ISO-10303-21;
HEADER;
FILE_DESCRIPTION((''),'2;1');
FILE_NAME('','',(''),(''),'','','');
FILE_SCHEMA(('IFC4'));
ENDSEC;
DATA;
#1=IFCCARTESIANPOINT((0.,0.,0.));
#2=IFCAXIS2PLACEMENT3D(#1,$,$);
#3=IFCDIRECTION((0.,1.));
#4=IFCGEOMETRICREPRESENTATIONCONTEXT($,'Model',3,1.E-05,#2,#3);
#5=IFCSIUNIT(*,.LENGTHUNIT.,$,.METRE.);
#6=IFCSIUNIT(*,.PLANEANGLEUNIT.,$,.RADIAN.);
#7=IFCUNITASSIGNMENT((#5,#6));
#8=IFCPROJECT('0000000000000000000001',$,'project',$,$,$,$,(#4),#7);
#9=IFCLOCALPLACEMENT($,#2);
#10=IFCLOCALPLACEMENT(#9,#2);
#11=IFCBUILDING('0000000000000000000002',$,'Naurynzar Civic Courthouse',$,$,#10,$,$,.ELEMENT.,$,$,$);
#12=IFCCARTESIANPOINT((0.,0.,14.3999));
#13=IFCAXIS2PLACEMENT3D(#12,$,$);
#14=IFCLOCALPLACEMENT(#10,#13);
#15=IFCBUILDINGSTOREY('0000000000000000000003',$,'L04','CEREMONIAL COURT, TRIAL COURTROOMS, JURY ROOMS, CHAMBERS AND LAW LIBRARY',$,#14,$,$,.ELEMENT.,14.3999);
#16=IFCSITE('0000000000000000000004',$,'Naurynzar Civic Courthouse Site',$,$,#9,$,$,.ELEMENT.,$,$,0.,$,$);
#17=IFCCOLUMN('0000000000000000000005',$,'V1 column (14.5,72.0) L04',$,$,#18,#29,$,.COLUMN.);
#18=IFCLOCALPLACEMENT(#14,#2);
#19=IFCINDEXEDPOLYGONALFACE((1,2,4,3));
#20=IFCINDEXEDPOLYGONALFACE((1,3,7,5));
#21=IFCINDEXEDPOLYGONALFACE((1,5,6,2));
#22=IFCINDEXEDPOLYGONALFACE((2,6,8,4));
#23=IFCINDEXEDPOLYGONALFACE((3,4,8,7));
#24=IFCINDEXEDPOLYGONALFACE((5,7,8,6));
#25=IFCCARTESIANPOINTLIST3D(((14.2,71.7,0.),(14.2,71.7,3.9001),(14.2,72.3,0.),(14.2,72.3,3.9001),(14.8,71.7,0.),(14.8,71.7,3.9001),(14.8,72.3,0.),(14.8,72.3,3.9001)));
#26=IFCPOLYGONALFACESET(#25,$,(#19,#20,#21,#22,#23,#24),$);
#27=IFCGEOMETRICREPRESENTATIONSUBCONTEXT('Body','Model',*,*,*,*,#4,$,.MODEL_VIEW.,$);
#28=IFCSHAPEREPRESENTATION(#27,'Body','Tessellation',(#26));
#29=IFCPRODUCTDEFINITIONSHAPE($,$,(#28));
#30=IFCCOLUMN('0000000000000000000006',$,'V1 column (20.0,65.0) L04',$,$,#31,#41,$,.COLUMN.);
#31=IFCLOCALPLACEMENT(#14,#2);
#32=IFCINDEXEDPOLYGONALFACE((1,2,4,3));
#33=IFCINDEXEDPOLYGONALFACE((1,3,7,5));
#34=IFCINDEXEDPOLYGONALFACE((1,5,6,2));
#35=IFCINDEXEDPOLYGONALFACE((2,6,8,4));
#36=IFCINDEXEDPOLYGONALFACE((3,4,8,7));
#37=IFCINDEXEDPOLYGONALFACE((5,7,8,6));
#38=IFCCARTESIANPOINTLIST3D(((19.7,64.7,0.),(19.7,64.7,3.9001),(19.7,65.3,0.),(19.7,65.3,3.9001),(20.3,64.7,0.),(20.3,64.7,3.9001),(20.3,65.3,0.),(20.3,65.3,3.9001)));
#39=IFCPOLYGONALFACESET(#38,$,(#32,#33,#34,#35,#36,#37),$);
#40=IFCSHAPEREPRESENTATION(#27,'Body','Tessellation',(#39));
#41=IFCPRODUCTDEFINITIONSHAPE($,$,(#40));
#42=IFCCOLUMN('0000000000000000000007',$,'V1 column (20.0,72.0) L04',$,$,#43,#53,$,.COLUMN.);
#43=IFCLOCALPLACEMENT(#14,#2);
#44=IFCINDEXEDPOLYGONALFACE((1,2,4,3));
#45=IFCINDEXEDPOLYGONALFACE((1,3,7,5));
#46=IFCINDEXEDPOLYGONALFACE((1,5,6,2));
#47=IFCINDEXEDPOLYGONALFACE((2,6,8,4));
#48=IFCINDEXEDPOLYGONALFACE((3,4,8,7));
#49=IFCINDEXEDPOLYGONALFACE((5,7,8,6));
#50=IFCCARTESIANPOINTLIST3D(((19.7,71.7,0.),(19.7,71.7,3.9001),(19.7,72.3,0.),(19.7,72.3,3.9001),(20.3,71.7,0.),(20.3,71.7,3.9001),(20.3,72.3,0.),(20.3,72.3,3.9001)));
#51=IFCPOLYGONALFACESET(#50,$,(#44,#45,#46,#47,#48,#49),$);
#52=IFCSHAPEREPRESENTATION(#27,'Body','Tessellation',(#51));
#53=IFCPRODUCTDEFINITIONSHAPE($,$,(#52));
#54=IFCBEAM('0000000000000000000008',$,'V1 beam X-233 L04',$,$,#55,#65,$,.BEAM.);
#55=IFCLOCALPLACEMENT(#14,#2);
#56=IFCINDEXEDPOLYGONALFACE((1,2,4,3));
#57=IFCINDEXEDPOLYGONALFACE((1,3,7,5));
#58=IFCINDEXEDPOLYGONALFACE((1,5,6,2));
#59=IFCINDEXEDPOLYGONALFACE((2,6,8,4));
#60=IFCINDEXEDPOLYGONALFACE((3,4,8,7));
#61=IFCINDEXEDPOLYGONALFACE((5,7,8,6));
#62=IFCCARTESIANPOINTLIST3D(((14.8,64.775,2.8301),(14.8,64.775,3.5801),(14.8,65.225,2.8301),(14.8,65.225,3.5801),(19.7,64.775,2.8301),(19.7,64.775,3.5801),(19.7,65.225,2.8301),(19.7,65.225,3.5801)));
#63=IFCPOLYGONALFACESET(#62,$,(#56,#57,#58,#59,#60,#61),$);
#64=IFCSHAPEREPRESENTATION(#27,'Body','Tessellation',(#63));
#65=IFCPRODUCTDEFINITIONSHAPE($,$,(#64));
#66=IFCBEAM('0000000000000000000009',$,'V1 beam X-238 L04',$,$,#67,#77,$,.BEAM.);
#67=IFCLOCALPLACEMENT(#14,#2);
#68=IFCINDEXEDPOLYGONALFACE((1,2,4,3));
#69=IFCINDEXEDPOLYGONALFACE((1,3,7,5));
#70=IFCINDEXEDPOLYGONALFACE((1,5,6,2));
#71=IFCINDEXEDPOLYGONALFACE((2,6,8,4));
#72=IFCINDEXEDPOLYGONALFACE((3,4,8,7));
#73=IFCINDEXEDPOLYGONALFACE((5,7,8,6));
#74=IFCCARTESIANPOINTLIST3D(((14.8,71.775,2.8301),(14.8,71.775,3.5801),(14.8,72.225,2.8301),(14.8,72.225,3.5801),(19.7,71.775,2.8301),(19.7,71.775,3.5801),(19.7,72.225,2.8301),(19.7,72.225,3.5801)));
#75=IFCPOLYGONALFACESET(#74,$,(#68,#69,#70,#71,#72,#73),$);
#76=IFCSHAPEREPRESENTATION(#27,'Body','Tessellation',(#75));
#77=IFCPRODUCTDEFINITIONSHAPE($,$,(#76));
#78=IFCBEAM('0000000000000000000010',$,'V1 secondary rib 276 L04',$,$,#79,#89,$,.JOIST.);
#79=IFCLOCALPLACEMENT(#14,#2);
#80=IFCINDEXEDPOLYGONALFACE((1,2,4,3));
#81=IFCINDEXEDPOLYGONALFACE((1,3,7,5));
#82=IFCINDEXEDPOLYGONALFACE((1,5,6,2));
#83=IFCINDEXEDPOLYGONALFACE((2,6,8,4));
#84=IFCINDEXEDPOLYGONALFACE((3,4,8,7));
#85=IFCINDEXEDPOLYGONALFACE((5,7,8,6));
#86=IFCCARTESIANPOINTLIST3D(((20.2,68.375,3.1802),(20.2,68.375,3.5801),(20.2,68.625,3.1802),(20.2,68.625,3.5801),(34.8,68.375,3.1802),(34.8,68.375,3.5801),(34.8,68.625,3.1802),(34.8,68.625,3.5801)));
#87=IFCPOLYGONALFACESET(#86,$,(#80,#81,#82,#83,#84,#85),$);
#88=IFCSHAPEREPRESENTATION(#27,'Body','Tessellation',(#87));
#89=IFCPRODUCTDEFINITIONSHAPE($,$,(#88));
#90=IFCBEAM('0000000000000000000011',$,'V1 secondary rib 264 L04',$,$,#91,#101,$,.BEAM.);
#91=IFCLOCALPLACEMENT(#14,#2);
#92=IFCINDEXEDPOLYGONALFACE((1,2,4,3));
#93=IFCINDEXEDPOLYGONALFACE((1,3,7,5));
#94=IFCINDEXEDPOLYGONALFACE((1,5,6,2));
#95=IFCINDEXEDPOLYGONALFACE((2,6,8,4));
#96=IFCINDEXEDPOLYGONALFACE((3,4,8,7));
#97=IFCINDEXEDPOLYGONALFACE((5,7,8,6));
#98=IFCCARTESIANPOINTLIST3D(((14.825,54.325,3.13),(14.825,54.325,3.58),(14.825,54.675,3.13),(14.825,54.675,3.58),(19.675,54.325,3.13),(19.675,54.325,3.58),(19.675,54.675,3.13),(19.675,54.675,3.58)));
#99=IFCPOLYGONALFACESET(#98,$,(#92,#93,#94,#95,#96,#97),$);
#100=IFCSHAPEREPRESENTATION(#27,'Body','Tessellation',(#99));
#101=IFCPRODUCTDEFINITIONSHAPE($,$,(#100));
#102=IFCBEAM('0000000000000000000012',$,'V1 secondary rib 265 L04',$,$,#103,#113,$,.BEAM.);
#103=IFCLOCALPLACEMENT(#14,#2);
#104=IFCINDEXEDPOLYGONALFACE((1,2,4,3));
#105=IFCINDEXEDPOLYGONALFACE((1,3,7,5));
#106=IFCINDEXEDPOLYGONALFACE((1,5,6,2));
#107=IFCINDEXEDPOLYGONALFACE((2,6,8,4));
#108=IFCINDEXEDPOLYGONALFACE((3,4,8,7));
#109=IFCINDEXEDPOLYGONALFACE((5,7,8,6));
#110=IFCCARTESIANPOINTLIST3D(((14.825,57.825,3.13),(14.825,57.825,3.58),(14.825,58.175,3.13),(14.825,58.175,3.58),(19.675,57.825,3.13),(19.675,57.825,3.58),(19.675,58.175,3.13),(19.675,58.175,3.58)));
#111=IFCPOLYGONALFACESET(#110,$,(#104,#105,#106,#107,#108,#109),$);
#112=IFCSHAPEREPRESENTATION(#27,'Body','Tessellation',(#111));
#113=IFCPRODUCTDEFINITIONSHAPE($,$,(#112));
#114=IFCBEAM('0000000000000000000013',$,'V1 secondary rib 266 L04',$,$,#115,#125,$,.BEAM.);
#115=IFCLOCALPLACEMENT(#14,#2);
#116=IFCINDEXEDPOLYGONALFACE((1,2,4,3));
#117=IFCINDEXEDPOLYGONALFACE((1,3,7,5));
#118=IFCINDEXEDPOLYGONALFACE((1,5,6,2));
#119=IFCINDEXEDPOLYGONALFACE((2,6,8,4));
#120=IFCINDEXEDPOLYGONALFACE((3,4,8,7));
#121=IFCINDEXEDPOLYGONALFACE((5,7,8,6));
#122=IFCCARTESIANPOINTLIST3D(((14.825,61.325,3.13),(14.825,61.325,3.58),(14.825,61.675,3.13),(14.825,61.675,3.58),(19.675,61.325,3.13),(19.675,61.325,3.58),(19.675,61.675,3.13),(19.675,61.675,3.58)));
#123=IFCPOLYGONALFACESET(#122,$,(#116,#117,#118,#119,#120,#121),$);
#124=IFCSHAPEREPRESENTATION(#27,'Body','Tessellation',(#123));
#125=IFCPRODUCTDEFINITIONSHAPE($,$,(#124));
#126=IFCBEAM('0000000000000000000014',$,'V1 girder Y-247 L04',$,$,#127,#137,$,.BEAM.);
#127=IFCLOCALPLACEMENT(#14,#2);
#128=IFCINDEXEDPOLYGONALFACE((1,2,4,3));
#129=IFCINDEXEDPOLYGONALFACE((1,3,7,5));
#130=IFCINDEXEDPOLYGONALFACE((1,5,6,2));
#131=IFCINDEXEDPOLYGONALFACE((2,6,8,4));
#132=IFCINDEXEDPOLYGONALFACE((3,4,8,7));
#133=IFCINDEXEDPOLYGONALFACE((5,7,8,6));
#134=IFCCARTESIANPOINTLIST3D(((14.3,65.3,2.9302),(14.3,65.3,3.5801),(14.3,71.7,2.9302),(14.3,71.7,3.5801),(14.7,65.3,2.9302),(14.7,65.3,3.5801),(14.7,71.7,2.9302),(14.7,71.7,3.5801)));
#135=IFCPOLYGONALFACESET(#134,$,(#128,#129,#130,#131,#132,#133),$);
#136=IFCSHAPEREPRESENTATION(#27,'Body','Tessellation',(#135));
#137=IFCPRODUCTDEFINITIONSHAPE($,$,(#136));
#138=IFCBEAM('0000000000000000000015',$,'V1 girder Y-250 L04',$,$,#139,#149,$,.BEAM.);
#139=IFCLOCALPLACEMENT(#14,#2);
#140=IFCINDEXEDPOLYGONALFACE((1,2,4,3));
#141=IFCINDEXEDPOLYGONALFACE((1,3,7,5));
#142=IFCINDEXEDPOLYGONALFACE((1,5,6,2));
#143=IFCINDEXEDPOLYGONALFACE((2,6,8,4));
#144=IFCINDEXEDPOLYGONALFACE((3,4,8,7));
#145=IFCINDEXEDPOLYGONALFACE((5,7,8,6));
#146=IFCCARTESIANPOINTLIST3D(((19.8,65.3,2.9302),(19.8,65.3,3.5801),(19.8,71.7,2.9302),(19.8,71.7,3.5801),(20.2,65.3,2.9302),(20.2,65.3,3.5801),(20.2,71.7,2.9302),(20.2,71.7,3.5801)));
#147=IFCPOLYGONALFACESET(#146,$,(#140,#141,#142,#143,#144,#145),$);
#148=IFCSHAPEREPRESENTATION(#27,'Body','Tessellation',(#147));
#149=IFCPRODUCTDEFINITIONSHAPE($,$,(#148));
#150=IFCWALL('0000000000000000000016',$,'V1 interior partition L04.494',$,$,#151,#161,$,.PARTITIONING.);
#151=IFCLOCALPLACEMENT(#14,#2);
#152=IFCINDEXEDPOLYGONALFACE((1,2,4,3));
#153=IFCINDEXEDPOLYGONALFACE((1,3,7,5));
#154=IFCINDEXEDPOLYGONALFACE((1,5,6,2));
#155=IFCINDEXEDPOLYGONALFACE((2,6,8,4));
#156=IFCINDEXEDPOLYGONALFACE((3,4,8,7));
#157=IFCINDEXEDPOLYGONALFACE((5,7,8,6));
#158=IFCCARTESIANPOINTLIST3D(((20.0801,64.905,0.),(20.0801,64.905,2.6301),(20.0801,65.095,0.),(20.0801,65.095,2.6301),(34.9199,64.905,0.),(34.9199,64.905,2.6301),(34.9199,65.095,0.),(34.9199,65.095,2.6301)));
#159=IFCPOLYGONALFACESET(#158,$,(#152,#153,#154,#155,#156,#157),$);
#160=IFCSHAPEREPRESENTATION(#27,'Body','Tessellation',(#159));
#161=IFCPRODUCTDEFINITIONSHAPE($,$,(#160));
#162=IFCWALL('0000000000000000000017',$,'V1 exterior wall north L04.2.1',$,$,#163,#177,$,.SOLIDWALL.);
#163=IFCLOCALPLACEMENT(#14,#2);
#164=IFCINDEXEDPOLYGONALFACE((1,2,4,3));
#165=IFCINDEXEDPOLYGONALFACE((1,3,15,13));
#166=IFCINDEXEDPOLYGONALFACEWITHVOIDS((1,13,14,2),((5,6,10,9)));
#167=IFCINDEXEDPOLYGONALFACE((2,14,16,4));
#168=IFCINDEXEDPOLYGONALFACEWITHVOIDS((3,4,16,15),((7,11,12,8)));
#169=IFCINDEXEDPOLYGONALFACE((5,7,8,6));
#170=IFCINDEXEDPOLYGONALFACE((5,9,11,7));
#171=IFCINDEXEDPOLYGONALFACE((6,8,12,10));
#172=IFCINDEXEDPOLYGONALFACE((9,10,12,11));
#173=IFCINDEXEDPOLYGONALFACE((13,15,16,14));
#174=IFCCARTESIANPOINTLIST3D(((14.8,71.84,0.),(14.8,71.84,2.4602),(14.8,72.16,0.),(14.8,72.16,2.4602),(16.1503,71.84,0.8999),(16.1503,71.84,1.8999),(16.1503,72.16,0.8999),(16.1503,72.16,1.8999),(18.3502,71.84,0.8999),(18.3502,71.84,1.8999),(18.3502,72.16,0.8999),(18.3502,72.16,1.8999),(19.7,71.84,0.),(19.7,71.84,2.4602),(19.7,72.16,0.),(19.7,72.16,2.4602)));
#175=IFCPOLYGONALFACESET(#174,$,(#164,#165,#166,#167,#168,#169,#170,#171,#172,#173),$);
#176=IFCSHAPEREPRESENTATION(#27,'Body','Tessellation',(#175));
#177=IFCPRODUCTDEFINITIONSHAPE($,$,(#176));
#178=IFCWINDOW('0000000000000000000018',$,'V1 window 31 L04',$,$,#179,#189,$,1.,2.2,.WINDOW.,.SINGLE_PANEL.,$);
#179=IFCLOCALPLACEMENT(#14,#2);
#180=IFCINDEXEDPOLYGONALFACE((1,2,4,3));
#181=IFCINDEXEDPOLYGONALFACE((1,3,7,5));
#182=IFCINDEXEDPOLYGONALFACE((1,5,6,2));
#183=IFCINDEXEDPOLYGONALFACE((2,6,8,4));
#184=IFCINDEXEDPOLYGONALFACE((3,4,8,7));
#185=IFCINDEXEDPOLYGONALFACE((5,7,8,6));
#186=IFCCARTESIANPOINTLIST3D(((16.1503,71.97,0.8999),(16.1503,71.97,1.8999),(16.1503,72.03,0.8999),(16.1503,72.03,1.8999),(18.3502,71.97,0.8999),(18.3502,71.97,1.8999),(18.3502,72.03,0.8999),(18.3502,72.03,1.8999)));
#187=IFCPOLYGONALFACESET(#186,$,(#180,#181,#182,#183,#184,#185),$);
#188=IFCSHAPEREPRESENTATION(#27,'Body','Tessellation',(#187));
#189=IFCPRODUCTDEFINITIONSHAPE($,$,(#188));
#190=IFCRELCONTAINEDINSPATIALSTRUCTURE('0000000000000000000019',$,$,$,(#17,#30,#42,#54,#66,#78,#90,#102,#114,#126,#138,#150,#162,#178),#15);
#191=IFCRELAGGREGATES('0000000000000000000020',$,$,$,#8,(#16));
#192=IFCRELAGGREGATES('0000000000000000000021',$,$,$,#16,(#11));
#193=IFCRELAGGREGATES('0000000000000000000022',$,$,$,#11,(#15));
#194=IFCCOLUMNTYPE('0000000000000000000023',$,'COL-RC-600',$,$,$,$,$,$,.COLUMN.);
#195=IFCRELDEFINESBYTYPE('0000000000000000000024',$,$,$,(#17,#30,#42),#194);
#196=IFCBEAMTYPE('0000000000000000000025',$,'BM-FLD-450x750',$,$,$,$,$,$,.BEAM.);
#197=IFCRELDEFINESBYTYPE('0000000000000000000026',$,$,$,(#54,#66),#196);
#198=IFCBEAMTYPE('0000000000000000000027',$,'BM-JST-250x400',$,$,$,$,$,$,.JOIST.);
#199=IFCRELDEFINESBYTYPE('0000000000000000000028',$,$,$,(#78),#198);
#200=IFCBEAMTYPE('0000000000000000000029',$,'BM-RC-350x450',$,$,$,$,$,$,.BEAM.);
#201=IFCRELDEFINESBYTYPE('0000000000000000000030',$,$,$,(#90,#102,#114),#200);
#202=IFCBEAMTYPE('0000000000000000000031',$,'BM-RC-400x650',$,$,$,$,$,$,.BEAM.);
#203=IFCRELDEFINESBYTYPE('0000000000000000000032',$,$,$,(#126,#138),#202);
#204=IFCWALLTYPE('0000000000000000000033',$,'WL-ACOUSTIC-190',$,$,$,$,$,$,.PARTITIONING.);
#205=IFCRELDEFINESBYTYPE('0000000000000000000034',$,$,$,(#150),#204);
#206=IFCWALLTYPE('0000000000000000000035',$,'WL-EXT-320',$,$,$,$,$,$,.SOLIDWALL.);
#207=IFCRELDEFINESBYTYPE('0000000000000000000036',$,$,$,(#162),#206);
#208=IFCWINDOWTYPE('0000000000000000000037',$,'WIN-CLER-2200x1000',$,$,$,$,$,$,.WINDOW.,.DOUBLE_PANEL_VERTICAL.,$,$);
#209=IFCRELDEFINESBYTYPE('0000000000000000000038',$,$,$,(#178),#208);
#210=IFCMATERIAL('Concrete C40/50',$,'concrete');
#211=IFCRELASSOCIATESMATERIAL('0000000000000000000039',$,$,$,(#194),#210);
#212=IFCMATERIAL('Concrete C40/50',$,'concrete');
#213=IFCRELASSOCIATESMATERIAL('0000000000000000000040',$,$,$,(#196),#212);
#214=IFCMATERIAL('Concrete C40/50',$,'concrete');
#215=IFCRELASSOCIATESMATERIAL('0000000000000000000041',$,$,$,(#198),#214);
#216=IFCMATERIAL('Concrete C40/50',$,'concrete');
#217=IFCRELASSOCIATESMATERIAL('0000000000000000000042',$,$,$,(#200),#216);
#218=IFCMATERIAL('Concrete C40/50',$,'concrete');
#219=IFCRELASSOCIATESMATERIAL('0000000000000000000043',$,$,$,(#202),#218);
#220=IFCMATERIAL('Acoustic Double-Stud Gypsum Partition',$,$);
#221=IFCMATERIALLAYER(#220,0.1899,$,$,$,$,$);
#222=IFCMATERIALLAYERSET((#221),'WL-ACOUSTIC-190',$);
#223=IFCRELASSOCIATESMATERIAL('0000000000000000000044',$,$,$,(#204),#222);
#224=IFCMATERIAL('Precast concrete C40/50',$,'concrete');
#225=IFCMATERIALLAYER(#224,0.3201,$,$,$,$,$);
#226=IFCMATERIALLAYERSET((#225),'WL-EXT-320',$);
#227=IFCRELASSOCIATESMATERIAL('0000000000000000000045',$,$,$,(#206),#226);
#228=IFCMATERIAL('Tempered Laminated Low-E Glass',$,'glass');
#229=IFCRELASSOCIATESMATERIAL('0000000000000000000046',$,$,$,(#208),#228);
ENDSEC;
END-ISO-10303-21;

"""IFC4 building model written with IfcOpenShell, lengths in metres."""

from ifc_helpers import new_model, si_unit, direction, frame, frame_2d, origin, origin_2d, place, context, subcontext, project, spatial, rectangle, extrude, material, layer, layer_set, material_profile, profile_set, type_object, element, fill, save


model = new_model("IFC4")

# Units and contexts
model_context = context("Model", 3, precision=1e-05, world=origin(), true_north=direction((0.0, 1.0)))
body_context = subcontext(model_context, "Body", "Model", "MODEL_VIEW")
ifc_project = project(units=[si_unit("LENGTHUNIT", "METRE"), si_unit("PLANEANGLEUNIT", "RADIAN")], contexts=[model_context])

# Site, building, storey
site_placement = place(None, origin())
site = spatial("IfcSite", under=ifc_project, at=site_placement, Name="Naurynzar Civic Courthouse Site", CompositionType="ELEMENT", RefElevation=0.0)
building_placement = place(site_placement, origin())
building = spatial("IfcBuilding", under=site, at=building_placement, Name="Naurynzar Civic Courthouse", CompositionType="ELEMENT")
storey_placement = place(building_placement, frame((0.0, 0.0, 14.3999)))
storey = spatial("IfcBuildingStorey", under=building, at=storey_placement, Name="L04", Description="CEREMONIAL COURT, TRIAL COURTROOMS, JURY ROOMS, CHAMBERS AND LAW LIBRARY", CompositionType="ELEMENT", Elevation=14.3999)

# Columns
ifc_material_1 = material(Name="Concrete C40/50", Category="concrete")
ifc_material_profile_1 = material_profile(ifc_material_1, rectangle(XDim=0.6001, YDim=0.6001, at=origin_2d()), Name="RC 600x600")
ifc_profile_set_1 = profile_set([ifc_material_profile_1], Name="Concrete C40/50")
column_type = type_object("IfcColumnType", Name="COL-RC-600", PredefinedType="COLUMN", material=ifc_profile_set_1)
for number, where, z_axis, x_axis, name in (
    (1, (14.5, 72.0, 0.0), (0.0, 0.0, 1.0), (1.0, 0.0, 0.0), "V1 column (14.5,72.0) L04"),
    (2, (20.0, 65.0, 0.0), (0.0, 0.0, 1.0), (1.0, 0.0, 0.0), "V1 column (20.0,65.0) L04"),
    (3, (20.0, 72.0, 0.0), (0.0, 0.0, 1.0), (1.0, 0.0, 0.0), "V1 column (20.0,72.0) L04"),
):
    element("IfcColumn", number, at=place(storey_placement, frame(where, z_axis=z_axis, x_axis=x_axis)), inside=storey, type_object=column_type, Name=name, PredefinedType="COLUMN", context=body_context, shape_type="SweptSolid", body=[
        extrude(rectangle(XDim=0.6001, YDim=0.6001, at=origin_2d()), origin(), (0.0, 0.0, 1.0), 3.9001),
    ])

# Beams
ifc_material_2 = material(Name="Concrete C40/50", Category="concrete")
ifc_material_profile_2 = material_profile(ifc_material_2, rectangle(XDim=0.45, YDim=0.75, at=origin_2d()), Name="RCF 450x750")
ifc_profile_set_2 = profile_set([ifc_material_profile_2], Name="Concrete C40/50")
beam_type_1 = type_object("IfcBeamType", Name="BM-FLD-450x750", PredefinedType="BEAM", material=ifc_profile_set_2)
for number, where, z_axis, x_axis, name in (
    (4, (14.8, 65.0, 3.2051), (1.0, 0.0, 0.0), (0.0, 1.0, 0.0), "V1 beam X-233 L04"),
    (5, (14.8, 72.0, 3.2051), (1.0, 0.0, 0.0), (0.0, 1.0, 0.0), "V1 beam X-238 L04"),
):
    element("IfcBeam", number, at=place(storey_placement, frame(where, z_axis=z_axis, x_axis=x_axis)), inside=storey, type_object=beam_type_1, Name=name, PredefinedType="BEAM", context=body_context, shape_type="SweptSolid", body=[
        extrude(rectangle(XDim=0.45, YDim=0.75, at=origin_2d()), origin(), (0.0, 0.0, 1.0), 4.8999),
    ])
ifc_material_3 = material(Name="Concrete C40/50", Category="concrete")
ifc_material_profile_3 = material_profile(ifc_material_3, rectangle(XDim=0.25, YDim=0.3999, at=origin_2d()), Name="RCB 250x400")
ifc_profile_set_3 = profile_set([ifc_material_profile_3], Name="Concrete C40/50")
beam_type_2 = type_object("IfcBeamType", Name="BM-JST-250x400", PredefinedType="JOIST", material=ifc_profile_set_3)
beam_placement = place(storey_placement, frame((20.2, 68.5, 3.3801), z_axis=(1.0, 0.0, 0.0), x_axis=(0.0, 1.0, 0.0)))
element("IfcBeam", 6, at=beam_placement, inside=storey, type_object=beam_type_2, Name="V1 secondary rib 276 L04", PredefinedType="JOIST", context=body_context, shape_type="SweptSolid", body=[
    extrude(rectangle(XDim=0.25, YDim=0.3999, at=origin_2d()), origin(), (0.0, 0.0, 1.0), 14.6001),
])
ifc_material_4 = material(Name="Concrete C40/50", Category="concrete")
ifc_material_profile_4 = material_profile(ifc_material_4, rectangle(XDim=0.3501, YDim=0.45, at=origin_2d()), Name="RCB 350x450")
ifc_profile_set_4 = profile_set([ifc_material_profile_4], Name="Concrete C40/50")
beam_type_3 = type_object("IfcBeamType", Name="BM-RC-350x450", PredefinedType="BEAM", material=ifc_profile_set_4)
for number, where, z_axis, x_axis, name in (
    (7, (14.825, 54.5, 3.355), (1.0, 0.0, 0.0), (0.0, 1.0, 0.0), "V1 secondary rib 264 L04"),
    (8, (14.825, 58.0, 3.355), (1.0, 0.0, 0.0), (0.0, 1.0, 0.0), "V1 secondary rib 265 L04"),
    (9, (14.825, 61.5, 3.355), (1.0, 0.0, 0.0), (0.0, 1.0, 0.0), "V1 secondary rib 266 L04"),
):
    element("IfcBeam", number, at=place(storey_placement, frame(where, z_axis=z_axis, x_axis=x_axis)), inside=storey, type_object=beam_type_3, Name=name, PredefinedType="BEAM", context=body_context, shape_type="SweptSolid", body=[
        extrude(rectangle(XDim=0.3501, YDim=0.45, at=origin_2d()), origin(), (0.0, 0.0, 1.0), 4.8501),
    ])
ifc_material_5 = material(Name="Concrete C40/50", Category="concrete")
ifc_material_profile_5 = material_profile(ifc_material_5, rectangle(XDim=0.3999, YDim=0.6499, at=origin_2d()), Name="RCB 400x650")
ifc_profile_set_5 = profile_set([ifc_material_profile_5], Name="Concrete C40/50")
beam_type_4 = type_object("IfcBeamType", Name="BM-RC-400x650", PredefinedType="BEAM", material=ifc_profile_set_5)
for number, where, z_axis, x_axis, name in (
    (10, (14.5, 65.3, 3.2551), (0.0, 1.0, 0.0), (-1.0, 0.0, 0.0), "V1 girder Y-247 L04"),
    (11, (20.0, 65.3, 3.2551), (0.0, 1.0, 0.0), (-1.0, 0.0, 0.0), "V1 girder Y-250 L04"),
):
    element("IfcBeam", number, at=place(storey_placement, frame(where, z_axis=z_axis, x_axis=x_axis)), inside=storey, type_object=beam_type_4, Name=name, PredefinedType="BEAM", context=body_context, shape_type="SweptSolid", body=[
        extrude(rectangle(XDim=0.3999, YDim=0.6499, at=origin_2d()), origin(), (0.0, 0.0, 1.0), 6.3999),
    ])

# Wall
ifc_material_6 = material(Name="Acoustic Double-Stud Gypsum Partition")
ifc_layer_1 = layer(ifc_material_6, 0.1899)
ifc_layer_set_1 = layer_set([ifc_layer_1], Name="WL-ACOUSTIC-190")
wall_type_1 = type_object("IfcWallType", Name="WL-ACOUSTIC-190", PredefinedType="PARTITIONING", material=ifc_layer_set_1)
wall_1_placement = place(storey_placement, frame((20.0801, 65.0, 0.0), z_axis=(0.0, 0.0, 1.0), x_axis=(1.0, 0.0, 0.0)))
element("IfcWall", 12, at=wall_1_placement, inside=storey, type_object=wall_type_1, Name="V1 interior partition L04.494", PredefinedType="PARTITIONING", context=body_context, shape_type="SweptSolid", body=[
    extrude(rectangle(XDim=14.8398, YDim=0.1899, at=frame_2d((7.4199, 0.0))), origin(), (0.0, 0.0, 1.0), 2.6301),
])

# Wall, opening, window
ifc_material_7 = material(Name="Precast concrete C40/50", Category="concrete")
ifc_layer_2 = layer(ifc_material_7, 0.3201)
ifc_layer_set_2 = layer_set([ifc_layer_2], Name="WL-EXT-320")
wall_type_2 = type_object("IfcWallType", Name="WL-EXT-320", PredefinedType="SOLIDWALL", material=ifc_layer_set_2)
wall_2_placement = place(storey_placement, frame((14.8, 72.0, 0.0), z_axis=(0.0, 0.0, 1.0), x_axis=(1.0, 0.0, 0.0)))
wall_2 = element("IfcWall", 13, at=wall_2_placement, inside=storey, type_object=wall_type_2, Name="V1 exterior wall north L04.2.1", PredefinedType="SOLIDWALL", context=body_context, shape_type="SweptSolid", body=[
    extrude(rectangle(XDim=4.8999, YDim=0.3201, at=frame_2d((2.45, 0.0))), origin(), (0.0, 0.0, 1.0), 2.4602),
])
opening_placement = place(wall_2_placement, frame((1.3501, 0.0, 0.8999)))
opening = element("IfcOpeningElement", 14, at=opening_placement, cuts=wall_2, PredefinedType="OPENING", context=body_context, shape_type="SweptSolid", body=[
    extrude(rectangle(XDim=2.2, YDim=1.0, at=frame_2d((1.1001, 0.5))), frame((0.0, 0.1699, 0.0), z_axis=(0.0, -1.0, 0.0), x_axis=(1.0, 0.0, 0.0)), (0.0, 0.0, 1.0), 0.3401),
])
ifc_material_8 = material(Name="Tempered Laminated Low-E Glass", Category="glass")
window_type = type_object("IfcWindowType", Name="WIN-CLER-2200x1000", PartitioningType="DOUBLE_PANEL_VERTICAL", PredefinedType="WINDOW", material=ifc_material_8)
window_placement = place(opening_placement, origin())
window = element("IfcWindow", 15, at=window_placement, inside=storey, type_object=window_type, Name="V1 window 31 L04", OverallHeight=1.0, OverallWidth=2.2, PartitioningType="SINGLE_PANEL", PredefinedType="WINDOW", context=body_context, shape_type="SweptSolid", body=[
    extrude(rectangle(XDim=2.2, YDim=1.0, at=frame_2d((1.1001, 0.5))), frame((0.0, 0.03, 0.0), z_axis=(0.0, -1.0, 0.0), x_axis=(1.0, 0.0, 0.0)), (0.0, 0.0, 1.0), 0.0601),
])
fill(opening, window)

save(model, "model.ifc")
